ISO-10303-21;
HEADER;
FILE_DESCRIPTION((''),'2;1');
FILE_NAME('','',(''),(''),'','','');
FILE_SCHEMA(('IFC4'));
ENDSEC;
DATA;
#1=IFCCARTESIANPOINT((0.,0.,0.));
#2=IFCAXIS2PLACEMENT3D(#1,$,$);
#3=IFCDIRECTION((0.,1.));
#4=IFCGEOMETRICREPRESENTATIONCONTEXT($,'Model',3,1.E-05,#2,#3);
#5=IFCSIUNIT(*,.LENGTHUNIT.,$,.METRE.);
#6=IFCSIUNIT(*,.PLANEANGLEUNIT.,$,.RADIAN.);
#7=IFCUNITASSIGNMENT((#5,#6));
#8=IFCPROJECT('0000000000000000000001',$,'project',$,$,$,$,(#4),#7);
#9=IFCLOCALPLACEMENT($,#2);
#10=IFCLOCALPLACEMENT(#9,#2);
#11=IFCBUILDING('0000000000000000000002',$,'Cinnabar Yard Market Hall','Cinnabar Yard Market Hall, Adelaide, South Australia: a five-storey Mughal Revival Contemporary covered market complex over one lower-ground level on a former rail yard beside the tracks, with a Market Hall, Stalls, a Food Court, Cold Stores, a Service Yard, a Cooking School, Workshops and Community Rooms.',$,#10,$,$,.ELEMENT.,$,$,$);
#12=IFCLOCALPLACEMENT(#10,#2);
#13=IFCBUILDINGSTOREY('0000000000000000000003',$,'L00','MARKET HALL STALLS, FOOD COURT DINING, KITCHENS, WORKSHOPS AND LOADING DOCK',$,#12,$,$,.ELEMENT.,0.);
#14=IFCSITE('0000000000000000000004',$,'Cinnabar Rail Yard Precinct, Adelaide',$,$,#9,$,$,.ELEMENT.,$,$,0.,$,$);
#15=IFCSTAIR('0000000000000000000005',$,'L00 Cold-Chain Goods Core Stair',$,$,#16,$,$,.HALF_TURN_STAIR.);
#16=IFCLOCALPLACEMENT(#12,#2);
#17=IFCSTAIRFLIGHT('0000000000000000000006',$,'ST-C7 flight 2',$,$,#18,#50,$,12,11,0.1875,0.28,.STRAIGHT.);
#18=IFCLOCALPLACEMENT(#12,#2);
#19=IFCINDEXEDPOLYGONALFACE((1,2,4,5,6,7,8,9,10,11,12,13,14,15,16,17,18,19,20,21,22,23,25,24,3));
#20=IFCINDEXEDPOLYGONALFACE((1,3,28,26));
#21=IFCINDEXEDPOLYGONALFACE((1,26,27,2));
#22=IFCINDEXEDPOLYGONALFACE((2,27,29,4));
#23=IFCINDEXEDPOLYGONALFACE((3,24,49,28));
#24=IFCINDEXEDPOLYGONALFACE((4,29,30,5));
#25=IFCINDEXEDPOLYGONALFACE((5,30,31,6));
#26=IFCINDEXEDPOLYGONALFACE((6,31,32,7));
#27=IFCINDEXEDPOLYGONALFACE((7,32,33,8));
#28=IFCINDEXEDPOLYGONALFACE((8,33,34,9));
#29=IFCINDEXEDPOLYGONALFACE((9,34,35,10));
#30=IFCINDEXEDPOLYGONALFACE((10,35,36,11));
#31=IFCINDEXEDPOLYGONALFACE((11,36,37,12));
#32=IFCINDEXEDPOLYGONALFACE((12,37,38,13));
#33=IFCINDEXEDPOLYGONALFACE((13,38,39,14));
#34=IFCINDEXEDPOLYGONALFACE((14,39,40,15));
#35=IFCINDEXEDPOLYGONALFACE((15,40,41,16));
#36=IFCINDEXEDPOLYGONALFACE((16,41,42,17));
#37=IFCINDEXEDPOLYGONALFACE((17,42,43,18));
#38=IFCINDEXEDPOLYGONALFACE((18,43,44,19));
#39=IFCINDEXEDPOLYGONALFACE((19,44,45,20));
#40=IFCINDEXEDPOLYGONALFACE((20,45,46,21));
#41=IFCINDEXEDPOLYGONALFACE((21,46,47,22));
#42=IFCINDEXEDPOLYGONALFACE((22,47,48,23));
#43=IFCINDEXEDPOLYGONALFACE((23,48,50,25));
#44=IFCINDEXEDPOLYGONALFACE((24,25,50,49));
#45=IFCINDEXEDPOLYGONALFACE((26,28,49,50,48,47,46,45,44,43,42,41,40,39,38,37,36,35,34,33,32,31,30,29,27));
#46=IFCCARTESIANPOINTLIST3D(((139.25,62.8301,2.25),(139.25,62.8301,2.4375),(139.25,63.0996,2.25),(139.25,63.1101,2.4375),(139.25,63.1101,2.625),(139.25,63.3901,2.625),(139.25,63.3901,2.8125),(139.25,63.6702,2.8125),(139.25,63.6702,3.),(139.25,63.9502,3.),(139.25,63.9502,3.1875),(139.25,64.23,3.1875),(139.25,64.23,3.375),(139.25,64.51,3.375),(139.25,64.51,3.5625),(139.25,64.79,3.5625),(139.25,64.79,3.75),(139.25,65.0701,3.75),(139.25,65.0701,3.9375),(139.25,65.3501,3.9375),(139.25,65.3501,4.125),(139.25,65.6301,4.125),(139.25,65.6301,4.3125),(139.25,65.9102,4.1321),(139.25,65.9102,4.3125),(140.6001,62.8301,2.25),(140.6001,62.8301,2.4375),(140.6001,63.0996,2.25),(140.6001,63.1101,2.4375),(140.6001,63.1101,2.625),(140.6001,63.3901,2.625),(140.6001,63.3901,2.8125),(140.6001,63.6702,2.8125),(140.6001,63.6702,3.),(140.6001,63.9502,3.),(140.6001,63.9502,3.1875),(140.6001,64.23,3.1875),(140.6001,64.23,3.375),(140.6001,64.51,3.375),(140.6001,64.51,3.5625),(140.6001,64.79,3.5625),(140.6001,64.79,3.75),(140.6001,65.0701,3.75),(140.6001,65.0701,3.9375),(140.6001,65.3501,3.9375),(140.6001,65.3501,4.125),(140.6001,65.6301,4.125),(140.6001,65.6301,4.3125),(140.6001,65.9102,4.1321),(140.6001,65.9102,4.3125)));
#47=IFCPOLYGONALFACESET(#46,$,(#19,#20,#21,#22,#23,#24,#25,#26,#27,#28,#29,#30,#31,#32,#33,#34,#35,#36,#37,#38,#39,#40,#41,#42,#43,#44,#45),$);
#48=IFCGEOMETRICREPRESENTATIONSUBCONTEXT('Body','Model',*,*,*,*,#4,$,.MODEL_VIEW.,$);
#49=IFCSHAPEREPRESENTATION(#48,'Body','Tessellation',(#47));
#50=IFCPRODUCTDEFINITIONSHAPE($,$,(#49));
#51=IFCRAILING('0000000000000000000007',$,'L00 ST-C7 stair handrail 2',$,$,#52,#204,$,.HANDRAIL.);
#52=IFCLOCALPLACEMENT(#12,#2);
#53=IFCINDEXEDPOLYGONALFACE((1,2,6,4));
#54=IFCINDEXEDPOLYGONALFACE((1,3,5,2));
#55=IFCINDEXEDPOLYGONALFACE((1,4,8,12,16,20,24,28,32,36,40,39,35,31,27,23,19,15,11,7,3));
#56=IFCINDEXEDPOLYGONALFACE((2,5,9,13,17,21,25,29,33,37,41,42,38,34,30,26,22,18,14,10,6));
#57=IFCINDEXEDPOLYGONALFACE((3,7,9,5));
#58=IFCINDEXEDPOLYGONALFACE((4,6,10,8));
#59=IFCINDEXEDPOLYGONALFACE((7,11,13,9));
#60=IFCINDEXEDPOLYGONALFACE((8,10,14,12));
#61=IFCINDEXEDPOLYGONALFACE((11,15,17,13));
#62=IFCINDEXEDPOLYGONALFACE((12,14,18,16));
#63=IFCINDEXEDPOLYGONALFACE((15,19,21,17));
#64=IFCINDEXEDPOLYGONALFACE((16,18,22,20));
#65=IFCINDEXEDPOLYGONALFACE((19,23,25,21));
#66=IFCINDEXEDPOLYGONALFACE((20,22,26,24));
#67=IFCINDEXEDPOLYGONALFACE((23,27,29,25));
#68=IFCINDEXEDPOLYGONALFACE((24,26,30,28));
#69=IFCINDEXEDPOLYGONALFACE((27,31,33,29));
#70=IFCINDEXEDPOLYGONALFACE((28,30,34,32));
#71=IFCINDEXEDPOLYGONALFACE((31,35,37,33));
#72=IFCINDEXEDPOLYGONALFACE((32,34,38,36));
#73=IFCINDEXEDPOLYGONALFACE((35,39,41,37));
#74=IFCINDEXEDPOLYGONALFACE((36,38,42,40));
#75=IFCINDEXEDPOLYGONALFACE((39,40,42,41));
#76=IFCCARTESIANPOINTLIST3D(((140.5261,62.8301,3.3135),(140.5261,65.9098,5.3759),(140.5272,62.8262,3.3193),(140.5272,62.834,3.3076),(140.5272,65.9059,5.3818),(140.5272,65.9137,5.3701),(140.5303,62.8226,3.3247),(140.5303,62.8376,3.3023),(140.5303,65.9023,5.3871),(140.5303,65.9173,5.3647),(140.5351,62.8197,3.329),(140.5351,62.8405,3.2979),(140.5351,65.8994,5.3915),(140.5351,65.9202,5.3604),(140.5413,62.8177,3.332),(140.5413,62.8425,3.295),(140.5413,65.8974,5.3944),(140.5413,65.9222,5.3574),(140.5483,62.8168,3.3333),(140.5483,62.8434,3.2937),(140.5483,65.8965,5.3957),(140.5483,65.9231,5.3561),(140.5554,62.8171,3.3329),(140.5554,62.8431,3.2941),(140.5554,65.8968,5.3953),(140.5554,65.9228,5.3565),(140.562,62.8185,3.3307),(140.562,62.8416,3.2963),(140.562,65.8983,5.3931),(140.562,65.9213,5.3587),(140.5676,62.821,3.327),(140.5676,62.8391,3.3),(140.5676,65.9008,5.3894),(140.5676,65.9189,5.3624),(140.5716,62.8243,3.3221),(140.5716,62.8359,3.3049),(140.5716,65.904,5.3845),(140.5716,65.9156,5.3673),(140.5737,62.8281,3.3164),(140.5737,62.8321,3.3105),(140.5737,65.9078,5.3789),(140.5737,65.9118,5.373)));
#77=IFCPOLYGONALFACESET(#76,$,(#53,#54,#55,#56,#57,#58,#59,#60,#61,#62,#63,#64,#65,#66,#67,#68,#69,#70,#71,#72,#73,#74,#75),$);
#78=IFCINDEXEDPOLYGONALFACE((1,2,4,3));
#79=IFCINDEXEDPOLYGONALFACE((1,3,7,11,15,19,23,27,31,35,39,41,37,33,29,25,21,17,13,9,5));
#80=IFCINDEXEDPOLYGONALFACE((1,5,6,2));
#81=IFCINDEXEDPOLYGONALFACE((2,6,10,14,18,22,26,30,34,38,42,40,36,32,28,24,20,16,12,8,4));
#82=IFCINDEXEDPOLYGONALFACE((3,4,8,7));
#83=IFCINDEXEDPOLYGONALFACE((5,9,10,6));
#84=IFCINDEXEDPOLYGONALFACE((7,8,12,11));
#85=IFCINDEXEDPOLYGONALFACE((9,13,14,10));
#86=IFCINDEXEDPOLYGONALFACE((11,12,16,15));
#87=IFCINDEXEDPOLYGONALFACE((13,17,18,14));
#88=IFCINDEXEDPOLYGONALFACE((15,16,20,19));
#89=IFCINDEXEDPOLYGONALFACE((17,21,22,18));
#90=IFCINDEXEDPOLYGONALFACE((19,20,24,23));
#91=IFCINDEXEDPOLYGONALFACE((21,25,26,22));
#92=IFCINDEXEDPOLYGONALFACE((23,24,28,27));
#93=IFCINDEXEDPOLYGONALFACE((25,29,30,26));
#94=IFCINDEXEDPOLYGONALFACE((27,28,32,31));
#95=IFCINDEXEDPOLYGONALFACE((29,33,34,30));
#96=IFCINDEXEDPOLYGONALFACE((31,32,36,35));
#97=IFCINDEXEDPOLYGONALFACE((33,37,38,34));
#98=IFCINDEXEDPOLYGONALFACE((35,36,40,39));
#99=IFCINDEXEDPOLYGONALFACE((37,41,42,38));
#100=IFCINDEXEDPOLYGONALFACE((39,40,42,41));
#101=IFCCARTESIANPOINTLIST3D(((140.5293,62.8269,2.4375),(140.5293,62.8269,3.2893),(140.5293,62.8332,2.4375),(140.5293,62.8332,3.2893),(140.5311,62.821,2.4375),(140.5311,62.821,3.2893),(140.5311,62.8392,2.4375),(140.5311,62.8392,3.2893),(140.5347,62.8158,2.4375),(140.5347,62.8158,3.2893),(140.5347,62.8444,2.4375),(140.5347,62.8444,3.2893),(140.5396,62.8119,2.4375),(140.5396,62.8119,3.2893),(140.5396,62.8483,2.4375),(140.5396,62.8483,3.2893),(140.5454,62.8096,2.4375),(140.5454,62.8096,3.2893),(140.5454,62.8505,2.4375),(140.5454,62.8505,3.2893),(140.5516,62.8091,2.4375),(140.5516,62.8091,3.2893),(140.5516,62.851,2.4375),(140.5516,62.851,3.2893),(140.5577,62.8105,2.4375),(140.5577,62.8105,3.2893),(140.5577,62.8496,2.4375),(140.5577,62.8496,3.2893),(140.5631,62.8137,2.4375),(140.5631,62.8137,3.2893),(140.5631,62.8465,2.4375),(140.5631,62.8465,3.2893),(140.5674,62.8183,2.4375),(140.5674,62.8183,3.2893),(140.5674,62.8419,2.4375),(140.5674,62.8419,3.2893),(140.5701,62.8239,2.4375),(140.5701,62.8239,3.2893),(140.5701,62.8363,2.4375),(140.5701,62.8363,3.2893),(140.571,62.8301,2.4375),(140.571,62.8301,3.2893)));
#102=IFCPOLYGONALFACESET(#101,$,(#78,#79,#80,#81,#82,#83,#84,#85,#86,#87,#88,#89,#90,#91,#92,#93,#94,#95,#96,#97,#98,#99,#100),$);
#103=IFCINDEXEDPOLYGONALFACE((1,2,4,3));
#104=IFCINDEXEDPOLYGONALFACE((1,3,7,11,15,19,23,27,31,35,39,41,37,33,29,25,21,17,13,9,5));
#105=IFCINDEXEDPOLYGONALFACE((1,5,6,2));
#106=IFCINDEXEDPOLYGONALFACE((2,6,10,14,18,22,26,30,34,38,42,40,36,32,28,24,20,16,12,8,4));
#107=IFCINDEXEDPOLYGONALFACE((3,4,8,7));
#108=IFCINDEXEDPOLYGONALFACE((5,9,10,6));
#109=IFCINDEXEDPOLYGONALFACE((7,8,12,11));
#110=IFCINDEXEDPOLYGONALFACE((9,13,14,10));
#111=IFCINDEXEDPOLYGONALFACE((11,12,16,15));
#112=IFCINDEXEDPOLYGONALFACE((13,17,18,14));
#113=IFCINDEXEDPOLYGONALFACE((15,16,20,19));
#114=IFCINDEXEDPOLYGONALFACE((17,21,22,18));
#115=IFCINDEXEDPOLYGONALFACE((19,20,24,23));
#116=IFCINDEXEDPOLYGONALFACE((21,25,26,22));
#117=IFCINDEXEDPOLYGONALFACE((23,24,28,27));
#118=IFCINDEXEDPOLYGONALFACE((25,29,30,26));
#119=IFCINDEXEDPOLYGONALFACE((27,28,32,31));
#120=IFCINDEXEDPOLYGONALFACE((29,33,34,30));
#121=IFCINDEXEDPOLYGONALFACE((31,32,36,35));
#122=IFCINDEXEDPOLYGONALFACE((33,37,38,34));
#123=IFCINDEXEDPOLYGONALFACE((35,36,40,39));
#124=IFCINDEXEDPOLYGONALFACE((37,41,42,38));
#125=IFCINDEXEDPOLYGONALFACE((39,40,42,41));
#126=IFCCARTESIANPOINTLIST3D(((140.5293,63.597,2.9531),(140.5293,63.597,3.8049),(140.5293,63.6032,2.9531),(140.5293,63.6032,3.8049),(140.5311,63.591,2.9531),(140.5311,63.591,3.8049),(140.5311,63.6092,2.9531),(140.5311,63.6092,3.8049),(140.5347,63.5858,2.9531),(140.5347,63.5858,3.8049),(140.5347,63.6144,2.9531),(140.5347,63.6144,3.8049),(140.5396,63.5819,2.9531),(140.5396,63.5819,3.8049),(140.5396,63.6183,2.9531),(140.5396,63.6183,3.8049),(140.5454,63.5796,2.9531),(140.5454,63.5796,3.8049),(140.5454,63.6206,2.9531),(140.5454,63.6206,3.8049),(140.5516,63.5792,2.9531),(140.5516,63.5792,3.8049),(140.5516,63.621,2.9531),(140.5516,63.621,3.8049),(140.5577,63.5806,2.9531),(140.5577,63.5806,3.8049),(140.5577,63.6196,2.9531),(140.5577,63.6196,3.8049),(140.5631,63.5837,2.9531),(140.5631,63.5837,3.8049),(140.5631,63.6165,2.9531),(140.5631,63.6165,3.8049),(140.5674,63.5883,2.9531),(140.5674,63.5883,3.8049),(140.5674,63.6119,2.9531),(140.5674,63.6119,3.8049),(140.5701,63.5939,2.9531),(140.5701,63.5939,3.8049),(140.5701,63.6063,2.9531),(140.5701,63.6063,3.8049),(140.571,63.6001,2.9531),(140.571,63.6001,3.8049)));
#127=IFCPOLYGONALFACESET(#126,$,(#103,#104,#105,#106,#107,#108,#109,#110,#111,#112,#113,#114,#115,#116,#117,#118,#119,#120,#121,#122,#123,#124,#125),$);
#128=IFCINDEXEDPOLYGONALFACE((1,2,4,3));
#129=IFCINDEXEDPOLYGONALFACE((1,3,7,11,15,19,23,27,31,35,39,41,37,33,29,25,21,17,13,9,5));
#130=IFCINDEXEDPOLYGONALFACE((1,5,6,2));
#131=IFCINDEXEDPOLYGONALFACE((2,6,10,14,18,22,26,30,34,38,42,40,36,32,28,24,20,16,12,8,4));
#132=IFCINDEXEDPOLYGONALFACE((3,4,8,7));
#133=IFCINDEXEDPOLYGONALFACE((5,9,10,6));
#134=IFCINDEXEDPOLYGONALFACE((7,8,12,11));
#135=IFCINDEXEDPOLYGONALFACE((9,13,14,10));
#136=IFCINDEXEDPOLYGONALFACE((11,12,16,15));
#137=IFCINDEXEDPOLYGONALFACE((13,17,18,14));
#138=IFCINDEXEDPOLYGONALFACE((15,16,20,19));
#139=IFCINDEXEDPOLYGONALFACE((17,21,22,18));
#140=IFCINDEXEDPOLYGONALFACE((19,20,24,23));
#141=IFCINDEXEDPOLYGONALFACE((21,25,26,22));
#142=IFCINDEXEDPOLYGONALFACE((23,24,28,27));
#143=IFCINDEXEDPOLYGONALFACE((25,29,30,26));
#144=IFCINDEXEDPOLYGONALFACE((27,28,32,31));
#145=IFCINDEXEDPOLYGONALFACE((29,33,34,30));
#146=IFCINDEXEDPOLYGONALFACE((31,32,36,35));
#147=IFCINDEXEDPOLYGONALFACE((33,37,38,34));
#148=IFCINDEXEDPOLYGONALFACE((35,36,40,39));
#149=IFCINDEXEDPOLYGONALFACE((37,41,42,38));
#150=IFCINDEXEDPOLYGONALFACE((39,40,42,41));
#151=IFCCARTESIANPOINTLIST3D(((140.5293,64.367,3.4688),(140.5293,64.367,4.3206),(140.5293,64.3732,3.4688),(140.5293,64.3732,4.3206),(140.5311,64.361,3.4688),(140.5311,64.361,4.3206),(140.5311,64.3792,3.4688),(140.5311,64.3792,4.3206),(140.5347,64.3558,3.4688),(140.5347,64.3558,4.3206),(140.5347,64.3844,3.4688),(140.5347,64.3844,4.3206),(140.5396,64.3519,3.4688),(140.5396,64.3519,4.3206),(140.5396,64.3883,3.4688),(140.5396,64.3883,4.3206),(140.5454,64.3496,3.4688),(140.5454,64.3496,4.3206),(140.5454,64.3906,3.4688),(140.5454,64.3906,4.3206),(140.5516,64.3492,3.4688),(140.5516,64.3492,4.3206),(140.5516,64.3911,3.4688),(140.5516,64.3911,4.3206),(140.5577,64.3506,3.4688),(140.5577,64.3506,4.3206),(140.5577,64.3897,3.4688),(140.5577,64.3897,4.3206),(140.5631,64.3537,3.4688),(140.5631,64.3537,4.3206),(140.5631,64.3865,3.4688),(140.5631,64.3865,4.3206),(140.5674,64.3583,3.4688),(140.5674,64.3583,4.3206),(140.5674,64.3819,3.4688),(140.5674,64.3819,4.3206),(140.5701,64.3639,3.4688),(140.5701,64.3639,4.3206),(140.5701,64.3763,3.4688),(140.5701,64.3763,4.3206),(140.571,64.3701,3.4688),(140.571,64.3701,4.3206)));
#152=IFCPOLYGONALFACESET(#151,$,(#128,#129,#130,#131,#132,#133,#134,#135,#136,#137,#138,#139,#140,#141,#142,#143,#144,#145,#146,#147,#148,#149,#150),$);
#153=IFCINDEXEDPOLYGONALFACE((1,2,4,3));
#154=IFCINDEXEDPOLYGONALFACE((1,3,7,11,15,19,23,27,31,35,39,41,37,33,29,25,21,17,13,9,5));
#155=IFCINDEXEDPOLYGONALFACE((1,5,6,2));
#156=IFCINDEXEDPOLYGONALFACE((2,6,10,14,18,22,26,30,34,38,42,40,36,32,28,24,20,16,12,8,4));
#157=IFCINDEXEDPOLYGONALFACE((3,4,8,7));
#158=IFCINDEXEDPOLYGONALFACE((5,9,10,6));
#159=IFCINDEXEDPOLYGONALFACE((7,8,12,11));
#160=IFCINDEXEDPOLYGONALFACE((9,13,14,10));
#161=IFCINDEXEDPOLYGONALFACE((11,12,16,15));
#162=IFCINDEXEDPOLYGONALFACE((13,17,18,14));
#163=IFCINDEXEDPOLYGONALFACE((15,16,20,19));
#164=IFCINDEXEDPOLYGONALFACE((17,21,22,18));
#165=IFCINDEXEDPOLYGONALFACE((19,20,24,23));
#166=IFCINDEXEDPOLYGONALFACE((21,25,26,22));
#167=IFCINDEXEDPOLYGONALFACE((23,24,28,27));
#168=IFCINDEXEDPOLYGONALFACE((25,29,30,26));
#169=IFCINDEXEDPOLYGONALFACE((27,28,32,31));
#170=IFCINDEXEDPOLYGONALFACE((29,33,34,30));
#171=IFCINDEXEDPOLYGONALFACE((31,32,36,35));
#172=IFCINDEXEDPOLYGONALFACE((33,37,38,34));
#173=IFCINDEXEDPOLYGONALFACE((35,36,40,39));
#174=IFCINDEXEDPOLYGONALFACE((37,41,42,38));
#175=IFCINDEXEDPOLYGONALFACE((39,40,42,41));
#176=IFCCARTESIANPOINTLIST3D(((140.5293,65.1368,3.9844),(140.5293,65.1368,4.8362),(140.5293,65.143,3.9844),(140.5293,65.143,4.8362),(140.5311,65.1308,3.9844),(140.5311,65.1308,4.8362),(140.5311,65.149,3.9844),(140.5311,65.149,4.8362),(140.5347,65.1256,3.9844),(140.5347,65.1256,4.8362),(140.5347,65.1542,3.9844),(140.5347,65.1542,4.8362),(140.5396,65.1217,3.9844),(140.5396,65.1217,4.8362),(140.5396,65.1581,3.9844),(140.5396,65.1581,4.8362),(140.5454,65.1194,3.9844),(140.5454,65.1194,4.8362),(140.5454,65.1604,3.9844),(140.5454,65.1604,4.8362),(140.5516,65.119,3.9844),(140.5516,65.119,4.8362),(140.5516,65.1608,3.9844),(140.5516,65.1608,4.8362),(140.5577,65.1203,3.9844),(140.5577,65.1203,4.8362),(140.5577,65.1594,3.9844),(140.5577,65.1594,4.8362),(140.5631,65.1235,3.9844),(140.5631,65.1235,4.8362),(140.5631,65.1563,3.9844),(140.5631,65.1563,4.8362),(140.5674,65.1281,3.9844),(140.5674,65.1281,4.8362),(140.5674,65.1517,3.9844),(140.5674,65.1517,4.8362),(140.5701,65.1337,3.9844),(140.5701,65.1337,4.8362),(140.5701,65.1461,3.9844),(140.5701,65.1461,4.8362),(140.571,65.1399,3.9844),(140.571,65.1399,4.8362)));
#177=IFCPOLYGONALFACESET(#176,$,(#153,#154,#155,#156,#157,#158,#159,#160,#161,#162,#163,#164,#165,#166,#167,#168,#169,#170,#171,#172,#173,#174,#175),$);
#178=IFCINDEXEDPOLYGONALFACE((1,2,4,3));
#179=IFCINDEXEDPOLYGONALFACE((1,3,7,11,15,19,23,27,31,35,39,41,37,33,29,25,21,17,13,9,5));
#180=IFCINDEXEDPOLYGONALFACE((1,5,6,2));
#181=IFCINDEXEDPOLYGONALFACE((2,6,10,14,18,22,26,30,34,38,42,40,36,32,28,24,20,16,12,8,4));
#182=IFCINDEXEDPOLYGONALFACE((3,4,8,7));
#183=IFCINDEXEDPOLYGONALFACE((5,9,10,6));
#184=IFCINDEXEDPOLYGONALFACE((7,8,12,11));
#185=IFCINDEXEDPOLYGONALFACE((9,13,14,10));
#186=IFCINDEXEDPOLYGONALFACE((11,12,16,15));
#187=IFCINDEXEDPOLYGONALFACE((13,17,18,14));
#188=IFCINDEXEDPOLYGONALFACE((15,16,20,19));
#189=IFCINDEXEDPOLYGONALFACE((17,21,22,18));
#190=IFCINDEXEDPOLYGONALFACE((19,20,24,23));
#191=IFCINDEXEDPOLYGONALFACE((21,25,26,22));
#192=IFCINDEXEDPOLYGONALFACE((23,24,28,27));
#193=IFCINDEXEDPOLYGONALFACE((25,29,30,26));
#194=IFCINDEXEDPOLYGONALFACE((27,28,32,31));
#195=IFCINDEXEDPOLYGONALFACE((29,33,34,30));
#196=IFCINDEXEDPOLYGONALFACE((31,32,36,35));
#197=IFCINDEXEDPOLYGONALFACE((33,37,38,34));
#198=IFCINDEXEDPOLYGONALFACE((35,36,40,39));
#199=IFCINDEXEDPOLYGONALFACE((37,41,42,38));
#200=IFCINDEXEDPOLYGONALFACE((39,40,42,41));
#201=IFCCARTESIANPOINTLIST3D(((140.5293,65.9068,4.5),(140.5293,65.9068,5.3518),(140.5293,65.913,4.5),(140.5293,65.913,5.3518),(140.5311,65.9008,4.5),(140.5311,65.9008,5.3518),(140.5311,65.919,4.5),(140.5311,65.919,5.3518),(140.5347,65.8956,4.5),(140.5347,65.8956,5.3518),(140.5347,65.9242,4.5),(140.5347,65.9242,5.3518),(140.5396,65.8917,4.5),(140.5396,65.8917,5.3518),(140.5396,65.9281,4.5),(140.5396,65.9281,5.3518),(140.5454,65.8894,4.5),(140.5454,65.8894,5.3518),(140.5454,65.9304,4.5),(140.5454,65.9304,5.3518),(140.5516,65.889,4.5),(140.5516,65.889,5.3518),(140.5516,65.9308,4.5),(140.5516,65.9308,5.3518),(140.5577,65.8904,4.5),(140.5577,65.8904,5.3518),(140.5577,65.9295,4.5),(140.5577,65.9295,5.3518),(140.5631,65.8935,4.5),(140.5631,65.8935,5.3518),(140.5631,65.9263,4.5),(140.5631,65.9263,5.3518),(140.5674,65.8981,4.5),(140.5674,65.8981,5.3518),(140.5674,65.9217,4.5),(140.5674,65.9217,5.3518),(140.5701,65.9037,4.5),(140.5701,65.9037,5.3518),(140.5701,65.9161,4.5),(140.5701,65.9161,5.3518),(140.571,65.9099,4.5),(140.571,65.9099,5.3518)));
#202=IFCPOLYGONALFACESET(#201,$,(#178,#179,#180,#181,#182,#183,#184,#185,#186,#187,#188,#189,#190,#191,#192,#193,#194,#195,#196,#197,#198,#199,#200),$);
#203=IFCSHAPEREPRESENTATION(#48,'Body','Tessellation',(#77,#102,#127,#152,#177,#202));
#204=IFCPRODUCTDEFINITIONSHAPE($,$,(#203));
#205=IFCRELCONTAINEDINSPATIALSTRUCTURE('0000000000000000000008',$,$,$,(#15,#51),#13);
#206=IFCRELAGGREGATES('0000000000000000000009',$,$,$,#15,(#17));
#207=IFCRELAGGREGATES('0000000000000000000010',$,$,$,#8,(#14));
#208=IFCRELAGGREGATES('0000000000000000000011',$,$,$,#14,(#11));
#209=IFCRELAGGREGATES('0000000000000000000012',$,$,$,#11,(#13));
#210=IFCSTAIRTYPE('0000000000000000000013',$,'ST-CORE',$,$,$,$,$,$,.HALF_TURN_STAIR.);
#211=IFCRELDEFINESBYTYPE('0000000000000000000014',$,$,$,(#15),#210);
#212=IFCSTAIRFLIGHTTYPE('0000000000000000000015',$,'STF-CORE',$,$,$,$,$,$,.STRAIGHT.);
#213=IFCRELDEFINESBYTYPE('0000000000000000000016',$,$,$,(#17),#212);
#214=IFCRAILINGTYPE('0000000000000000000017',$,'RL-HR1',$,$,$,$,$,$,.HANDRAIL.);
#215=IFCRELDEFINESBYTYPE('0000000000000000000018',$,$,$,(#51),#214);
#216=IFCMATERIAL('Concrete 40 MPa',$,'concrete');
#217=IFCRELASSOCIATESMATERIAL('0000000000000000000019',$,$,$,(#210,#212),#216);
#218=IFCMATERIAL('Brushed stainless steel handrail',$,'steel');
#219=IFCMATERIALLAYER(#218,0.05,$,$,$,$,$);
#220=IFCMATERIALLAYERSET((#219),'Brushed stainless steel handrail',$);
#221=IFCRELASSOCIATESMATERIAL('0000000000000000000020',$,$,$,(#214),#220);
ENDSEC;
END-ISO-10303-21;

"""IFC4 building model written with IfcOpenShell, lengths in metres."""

from ifc_helpers import new_model, si_unit, direction, frame, origin, origin_2d_with_axis, place, context, subcontext, project, spatial, polyline, circle, outline, extrude, material, layer, layer_set, type_object, element, aggregate, save


model = new_model("IFC4")

# Units and contexts
model_context = context("Model", 3, precision=1e-05, world=origin(), true_north=direction((0.0, 1.0)))
body_context = subcontext(model_context, "Body", "Model", "MODEL_VIEW")
ifc_project = project(units=[si_unit("LENGTHUNIT", "METRE"), si_unit("PLANEANGLEUNIT", "RADIAN")], contexts=[model_context])

# Site, building, storey
site_placement = place(None, origin())
site = spatial("IfcSite", under=ifc_project, at=site_placement, Name="Cinnabar Rail Yard Precinct, Adelaide", CompositionType="ELEMENT", RefElevation=0.0)
building_placement = place(site_placement, origin())
building = spatial("IfcBuilding", under=site, at=building_placement, Name="Cinnabar Yard Market Hall", Description="Cinnabar Yard Market Hall, Adelaide, South Australia: a five-storey Mughal Revival Contemporary covered market complex over one lower-ground level on a former rail yard beside the tracks, with a Market Hall, Stalls, a Food Court, Cold Stores, a Service Yard, a Cooking School, Workshops and Community Rooms.", CompositionType="ELEMENT")
storey_placement = place(building_placement, origin())
storey = spatial("IfcBuildingStorey", under=building, at=storey_placement, Name="L00", Description="MARKET HALL STALLS, FOOD COURT DINING, KITCHENS, WORKSHOPS AND LOADING DOCK", CompositionType="ELEMENT", Elevation=0.0)

# Shared definitions
ifc_material_1 = material(Name="Concrete 40 MPa", Category="concrete")

# Stair, stair flight
stair_type = type_object("IfcStairType", Name="ST-CORE", PredefinedType="HALF_TURN_STAIR", material=ifc_material_1)
stair_placement = place(storey_placement, origin())
stair = element("IfcStair", 1, at=stair_placement, inside=storey, type_object=stair_type, Name="L00 Cold-Chain Goods Core Stair", PredefinedType="HALF_TURN_STAIR")
stair_flight_type = type_object("IfcStairFlightType", Name="STF-CORE", PredefinedType="STRAIGHT", material=ifc_material_1)
stair_flight_placement = place(storey_placement, frame((139.925, 62.8301, 2.25), z_axis=(0.0, 0.0, 1.0), x_axis=(0.0, 1.0, 0.0)))
stair_flight = element("IfcStairFlight", 2, at=stair_flight_placement, type_object=stair_flight_type, Name="ST-C7 flight 2", NumberOfRisers=12, NumberOfTreads=11, PredefinedType="STRAIGHT", RiserHeight=0.1875, TreadLength=0.28, context=body_context, shape_type="SweptSolid", body=[
    extrude(outline(polyline([(0.0, 0.0), (0.0, 0.1875), (0.28, 0.1875), (0.28, 0.375), (0.5601, 0.375), (0.5601, 0.5625), (0.8401, 0.5625), (0.8401, 0.75), (1.1201, 0.75), (1.1201, 0.9375), (1.3999, 0.9375), (1.3999, 1.125), (1.6799, 1.125), (1.6799, 1.3125), (1.96, 1.3125), (1.96, 1.5), (2.24, 1.5), (2.24, 1.6875), (2.52, 1.6875), (2.52, 1.875), (2.8, 1.875), (2.8, 2.0625), (3.0801, 2.0625), (3.0801, 2.25), (3.0801, 1.8821), (0.2695, 0.0), (0.0, 0.0)])), frame((0.0, 0.675, 0.0), z_axis=(0.0, -1.0, 0.0), x_axis=(1.0, 0.0, 0.0)), (0.0, 0.0, 1.0), 1.3501),
])
aggregate(stair, [stair_flight])

# Railing
ifc_material_2 = material(Name="Brushed stainless steel handrail", Category="steel")
ifc_layer_1 = layer(ifc_material_2, 0.05)
ifc_layer_set_1 = layer_set([ifc_layer_1], Name="Brushed stainless steel handrail")
railing_type = type_object("IfcRailingType", Name="RL-HR1", PredefinedType="HANDRAIL", material=ifc_layer_set_1)
railing_placement = place(storey_placement, frame((140.55, 62.8301, 2.4375)))
element("IfcRailing", 3, at=railing_placement, inside=storey, type_object=railing_type, Name="L00 ST-C7 stair handrail 2", PredefinedType="HANDRAIL", context=body_context, shape_type="SweptSolid", body=[
    extrude(circle(Radius=0.0239, at=origin_2d_with_axis()), frame((0.0, 0.0, 0.876), z_axis=(0.0, 0.830893, 0.556432), x_axis=(-1.0, 0.0, 0.0)), (0.0, 0.0, 1.0), 3.7065),
    extrude(circle(Radius=0.021, at=origin_2d_with_axis()), origin(), (0.0, 0.0, 1.0), 0.8518),
    extrude(circle(Radius=0.021, at=origin_2d_with_axis()), frame((0.0, 0.77, 0.5156)), (0.0, 0.0, 1.0), 0.8518),
    extrude(circle(Radius=0.021, at=origin_2d_with_axis()), frame((0.0, 1.54, 1.0312)), (0.0, 0.0, 1.0), 0.8518),
    extrude(circle(Radius=0.021, at=origin_2d_with_axis()), frame((0.0, 2.3098, 1.5469)), (0.0, 0.0, 1.0), 0.8518),
    extrude(circle(Radius=0.021, at=origin_2d_with_axis()), frame((0.0, 3.0798, 2.0625)), (0.0, 0.0, 1.0), 0.8518),
])

save(model, "model.ifc")
